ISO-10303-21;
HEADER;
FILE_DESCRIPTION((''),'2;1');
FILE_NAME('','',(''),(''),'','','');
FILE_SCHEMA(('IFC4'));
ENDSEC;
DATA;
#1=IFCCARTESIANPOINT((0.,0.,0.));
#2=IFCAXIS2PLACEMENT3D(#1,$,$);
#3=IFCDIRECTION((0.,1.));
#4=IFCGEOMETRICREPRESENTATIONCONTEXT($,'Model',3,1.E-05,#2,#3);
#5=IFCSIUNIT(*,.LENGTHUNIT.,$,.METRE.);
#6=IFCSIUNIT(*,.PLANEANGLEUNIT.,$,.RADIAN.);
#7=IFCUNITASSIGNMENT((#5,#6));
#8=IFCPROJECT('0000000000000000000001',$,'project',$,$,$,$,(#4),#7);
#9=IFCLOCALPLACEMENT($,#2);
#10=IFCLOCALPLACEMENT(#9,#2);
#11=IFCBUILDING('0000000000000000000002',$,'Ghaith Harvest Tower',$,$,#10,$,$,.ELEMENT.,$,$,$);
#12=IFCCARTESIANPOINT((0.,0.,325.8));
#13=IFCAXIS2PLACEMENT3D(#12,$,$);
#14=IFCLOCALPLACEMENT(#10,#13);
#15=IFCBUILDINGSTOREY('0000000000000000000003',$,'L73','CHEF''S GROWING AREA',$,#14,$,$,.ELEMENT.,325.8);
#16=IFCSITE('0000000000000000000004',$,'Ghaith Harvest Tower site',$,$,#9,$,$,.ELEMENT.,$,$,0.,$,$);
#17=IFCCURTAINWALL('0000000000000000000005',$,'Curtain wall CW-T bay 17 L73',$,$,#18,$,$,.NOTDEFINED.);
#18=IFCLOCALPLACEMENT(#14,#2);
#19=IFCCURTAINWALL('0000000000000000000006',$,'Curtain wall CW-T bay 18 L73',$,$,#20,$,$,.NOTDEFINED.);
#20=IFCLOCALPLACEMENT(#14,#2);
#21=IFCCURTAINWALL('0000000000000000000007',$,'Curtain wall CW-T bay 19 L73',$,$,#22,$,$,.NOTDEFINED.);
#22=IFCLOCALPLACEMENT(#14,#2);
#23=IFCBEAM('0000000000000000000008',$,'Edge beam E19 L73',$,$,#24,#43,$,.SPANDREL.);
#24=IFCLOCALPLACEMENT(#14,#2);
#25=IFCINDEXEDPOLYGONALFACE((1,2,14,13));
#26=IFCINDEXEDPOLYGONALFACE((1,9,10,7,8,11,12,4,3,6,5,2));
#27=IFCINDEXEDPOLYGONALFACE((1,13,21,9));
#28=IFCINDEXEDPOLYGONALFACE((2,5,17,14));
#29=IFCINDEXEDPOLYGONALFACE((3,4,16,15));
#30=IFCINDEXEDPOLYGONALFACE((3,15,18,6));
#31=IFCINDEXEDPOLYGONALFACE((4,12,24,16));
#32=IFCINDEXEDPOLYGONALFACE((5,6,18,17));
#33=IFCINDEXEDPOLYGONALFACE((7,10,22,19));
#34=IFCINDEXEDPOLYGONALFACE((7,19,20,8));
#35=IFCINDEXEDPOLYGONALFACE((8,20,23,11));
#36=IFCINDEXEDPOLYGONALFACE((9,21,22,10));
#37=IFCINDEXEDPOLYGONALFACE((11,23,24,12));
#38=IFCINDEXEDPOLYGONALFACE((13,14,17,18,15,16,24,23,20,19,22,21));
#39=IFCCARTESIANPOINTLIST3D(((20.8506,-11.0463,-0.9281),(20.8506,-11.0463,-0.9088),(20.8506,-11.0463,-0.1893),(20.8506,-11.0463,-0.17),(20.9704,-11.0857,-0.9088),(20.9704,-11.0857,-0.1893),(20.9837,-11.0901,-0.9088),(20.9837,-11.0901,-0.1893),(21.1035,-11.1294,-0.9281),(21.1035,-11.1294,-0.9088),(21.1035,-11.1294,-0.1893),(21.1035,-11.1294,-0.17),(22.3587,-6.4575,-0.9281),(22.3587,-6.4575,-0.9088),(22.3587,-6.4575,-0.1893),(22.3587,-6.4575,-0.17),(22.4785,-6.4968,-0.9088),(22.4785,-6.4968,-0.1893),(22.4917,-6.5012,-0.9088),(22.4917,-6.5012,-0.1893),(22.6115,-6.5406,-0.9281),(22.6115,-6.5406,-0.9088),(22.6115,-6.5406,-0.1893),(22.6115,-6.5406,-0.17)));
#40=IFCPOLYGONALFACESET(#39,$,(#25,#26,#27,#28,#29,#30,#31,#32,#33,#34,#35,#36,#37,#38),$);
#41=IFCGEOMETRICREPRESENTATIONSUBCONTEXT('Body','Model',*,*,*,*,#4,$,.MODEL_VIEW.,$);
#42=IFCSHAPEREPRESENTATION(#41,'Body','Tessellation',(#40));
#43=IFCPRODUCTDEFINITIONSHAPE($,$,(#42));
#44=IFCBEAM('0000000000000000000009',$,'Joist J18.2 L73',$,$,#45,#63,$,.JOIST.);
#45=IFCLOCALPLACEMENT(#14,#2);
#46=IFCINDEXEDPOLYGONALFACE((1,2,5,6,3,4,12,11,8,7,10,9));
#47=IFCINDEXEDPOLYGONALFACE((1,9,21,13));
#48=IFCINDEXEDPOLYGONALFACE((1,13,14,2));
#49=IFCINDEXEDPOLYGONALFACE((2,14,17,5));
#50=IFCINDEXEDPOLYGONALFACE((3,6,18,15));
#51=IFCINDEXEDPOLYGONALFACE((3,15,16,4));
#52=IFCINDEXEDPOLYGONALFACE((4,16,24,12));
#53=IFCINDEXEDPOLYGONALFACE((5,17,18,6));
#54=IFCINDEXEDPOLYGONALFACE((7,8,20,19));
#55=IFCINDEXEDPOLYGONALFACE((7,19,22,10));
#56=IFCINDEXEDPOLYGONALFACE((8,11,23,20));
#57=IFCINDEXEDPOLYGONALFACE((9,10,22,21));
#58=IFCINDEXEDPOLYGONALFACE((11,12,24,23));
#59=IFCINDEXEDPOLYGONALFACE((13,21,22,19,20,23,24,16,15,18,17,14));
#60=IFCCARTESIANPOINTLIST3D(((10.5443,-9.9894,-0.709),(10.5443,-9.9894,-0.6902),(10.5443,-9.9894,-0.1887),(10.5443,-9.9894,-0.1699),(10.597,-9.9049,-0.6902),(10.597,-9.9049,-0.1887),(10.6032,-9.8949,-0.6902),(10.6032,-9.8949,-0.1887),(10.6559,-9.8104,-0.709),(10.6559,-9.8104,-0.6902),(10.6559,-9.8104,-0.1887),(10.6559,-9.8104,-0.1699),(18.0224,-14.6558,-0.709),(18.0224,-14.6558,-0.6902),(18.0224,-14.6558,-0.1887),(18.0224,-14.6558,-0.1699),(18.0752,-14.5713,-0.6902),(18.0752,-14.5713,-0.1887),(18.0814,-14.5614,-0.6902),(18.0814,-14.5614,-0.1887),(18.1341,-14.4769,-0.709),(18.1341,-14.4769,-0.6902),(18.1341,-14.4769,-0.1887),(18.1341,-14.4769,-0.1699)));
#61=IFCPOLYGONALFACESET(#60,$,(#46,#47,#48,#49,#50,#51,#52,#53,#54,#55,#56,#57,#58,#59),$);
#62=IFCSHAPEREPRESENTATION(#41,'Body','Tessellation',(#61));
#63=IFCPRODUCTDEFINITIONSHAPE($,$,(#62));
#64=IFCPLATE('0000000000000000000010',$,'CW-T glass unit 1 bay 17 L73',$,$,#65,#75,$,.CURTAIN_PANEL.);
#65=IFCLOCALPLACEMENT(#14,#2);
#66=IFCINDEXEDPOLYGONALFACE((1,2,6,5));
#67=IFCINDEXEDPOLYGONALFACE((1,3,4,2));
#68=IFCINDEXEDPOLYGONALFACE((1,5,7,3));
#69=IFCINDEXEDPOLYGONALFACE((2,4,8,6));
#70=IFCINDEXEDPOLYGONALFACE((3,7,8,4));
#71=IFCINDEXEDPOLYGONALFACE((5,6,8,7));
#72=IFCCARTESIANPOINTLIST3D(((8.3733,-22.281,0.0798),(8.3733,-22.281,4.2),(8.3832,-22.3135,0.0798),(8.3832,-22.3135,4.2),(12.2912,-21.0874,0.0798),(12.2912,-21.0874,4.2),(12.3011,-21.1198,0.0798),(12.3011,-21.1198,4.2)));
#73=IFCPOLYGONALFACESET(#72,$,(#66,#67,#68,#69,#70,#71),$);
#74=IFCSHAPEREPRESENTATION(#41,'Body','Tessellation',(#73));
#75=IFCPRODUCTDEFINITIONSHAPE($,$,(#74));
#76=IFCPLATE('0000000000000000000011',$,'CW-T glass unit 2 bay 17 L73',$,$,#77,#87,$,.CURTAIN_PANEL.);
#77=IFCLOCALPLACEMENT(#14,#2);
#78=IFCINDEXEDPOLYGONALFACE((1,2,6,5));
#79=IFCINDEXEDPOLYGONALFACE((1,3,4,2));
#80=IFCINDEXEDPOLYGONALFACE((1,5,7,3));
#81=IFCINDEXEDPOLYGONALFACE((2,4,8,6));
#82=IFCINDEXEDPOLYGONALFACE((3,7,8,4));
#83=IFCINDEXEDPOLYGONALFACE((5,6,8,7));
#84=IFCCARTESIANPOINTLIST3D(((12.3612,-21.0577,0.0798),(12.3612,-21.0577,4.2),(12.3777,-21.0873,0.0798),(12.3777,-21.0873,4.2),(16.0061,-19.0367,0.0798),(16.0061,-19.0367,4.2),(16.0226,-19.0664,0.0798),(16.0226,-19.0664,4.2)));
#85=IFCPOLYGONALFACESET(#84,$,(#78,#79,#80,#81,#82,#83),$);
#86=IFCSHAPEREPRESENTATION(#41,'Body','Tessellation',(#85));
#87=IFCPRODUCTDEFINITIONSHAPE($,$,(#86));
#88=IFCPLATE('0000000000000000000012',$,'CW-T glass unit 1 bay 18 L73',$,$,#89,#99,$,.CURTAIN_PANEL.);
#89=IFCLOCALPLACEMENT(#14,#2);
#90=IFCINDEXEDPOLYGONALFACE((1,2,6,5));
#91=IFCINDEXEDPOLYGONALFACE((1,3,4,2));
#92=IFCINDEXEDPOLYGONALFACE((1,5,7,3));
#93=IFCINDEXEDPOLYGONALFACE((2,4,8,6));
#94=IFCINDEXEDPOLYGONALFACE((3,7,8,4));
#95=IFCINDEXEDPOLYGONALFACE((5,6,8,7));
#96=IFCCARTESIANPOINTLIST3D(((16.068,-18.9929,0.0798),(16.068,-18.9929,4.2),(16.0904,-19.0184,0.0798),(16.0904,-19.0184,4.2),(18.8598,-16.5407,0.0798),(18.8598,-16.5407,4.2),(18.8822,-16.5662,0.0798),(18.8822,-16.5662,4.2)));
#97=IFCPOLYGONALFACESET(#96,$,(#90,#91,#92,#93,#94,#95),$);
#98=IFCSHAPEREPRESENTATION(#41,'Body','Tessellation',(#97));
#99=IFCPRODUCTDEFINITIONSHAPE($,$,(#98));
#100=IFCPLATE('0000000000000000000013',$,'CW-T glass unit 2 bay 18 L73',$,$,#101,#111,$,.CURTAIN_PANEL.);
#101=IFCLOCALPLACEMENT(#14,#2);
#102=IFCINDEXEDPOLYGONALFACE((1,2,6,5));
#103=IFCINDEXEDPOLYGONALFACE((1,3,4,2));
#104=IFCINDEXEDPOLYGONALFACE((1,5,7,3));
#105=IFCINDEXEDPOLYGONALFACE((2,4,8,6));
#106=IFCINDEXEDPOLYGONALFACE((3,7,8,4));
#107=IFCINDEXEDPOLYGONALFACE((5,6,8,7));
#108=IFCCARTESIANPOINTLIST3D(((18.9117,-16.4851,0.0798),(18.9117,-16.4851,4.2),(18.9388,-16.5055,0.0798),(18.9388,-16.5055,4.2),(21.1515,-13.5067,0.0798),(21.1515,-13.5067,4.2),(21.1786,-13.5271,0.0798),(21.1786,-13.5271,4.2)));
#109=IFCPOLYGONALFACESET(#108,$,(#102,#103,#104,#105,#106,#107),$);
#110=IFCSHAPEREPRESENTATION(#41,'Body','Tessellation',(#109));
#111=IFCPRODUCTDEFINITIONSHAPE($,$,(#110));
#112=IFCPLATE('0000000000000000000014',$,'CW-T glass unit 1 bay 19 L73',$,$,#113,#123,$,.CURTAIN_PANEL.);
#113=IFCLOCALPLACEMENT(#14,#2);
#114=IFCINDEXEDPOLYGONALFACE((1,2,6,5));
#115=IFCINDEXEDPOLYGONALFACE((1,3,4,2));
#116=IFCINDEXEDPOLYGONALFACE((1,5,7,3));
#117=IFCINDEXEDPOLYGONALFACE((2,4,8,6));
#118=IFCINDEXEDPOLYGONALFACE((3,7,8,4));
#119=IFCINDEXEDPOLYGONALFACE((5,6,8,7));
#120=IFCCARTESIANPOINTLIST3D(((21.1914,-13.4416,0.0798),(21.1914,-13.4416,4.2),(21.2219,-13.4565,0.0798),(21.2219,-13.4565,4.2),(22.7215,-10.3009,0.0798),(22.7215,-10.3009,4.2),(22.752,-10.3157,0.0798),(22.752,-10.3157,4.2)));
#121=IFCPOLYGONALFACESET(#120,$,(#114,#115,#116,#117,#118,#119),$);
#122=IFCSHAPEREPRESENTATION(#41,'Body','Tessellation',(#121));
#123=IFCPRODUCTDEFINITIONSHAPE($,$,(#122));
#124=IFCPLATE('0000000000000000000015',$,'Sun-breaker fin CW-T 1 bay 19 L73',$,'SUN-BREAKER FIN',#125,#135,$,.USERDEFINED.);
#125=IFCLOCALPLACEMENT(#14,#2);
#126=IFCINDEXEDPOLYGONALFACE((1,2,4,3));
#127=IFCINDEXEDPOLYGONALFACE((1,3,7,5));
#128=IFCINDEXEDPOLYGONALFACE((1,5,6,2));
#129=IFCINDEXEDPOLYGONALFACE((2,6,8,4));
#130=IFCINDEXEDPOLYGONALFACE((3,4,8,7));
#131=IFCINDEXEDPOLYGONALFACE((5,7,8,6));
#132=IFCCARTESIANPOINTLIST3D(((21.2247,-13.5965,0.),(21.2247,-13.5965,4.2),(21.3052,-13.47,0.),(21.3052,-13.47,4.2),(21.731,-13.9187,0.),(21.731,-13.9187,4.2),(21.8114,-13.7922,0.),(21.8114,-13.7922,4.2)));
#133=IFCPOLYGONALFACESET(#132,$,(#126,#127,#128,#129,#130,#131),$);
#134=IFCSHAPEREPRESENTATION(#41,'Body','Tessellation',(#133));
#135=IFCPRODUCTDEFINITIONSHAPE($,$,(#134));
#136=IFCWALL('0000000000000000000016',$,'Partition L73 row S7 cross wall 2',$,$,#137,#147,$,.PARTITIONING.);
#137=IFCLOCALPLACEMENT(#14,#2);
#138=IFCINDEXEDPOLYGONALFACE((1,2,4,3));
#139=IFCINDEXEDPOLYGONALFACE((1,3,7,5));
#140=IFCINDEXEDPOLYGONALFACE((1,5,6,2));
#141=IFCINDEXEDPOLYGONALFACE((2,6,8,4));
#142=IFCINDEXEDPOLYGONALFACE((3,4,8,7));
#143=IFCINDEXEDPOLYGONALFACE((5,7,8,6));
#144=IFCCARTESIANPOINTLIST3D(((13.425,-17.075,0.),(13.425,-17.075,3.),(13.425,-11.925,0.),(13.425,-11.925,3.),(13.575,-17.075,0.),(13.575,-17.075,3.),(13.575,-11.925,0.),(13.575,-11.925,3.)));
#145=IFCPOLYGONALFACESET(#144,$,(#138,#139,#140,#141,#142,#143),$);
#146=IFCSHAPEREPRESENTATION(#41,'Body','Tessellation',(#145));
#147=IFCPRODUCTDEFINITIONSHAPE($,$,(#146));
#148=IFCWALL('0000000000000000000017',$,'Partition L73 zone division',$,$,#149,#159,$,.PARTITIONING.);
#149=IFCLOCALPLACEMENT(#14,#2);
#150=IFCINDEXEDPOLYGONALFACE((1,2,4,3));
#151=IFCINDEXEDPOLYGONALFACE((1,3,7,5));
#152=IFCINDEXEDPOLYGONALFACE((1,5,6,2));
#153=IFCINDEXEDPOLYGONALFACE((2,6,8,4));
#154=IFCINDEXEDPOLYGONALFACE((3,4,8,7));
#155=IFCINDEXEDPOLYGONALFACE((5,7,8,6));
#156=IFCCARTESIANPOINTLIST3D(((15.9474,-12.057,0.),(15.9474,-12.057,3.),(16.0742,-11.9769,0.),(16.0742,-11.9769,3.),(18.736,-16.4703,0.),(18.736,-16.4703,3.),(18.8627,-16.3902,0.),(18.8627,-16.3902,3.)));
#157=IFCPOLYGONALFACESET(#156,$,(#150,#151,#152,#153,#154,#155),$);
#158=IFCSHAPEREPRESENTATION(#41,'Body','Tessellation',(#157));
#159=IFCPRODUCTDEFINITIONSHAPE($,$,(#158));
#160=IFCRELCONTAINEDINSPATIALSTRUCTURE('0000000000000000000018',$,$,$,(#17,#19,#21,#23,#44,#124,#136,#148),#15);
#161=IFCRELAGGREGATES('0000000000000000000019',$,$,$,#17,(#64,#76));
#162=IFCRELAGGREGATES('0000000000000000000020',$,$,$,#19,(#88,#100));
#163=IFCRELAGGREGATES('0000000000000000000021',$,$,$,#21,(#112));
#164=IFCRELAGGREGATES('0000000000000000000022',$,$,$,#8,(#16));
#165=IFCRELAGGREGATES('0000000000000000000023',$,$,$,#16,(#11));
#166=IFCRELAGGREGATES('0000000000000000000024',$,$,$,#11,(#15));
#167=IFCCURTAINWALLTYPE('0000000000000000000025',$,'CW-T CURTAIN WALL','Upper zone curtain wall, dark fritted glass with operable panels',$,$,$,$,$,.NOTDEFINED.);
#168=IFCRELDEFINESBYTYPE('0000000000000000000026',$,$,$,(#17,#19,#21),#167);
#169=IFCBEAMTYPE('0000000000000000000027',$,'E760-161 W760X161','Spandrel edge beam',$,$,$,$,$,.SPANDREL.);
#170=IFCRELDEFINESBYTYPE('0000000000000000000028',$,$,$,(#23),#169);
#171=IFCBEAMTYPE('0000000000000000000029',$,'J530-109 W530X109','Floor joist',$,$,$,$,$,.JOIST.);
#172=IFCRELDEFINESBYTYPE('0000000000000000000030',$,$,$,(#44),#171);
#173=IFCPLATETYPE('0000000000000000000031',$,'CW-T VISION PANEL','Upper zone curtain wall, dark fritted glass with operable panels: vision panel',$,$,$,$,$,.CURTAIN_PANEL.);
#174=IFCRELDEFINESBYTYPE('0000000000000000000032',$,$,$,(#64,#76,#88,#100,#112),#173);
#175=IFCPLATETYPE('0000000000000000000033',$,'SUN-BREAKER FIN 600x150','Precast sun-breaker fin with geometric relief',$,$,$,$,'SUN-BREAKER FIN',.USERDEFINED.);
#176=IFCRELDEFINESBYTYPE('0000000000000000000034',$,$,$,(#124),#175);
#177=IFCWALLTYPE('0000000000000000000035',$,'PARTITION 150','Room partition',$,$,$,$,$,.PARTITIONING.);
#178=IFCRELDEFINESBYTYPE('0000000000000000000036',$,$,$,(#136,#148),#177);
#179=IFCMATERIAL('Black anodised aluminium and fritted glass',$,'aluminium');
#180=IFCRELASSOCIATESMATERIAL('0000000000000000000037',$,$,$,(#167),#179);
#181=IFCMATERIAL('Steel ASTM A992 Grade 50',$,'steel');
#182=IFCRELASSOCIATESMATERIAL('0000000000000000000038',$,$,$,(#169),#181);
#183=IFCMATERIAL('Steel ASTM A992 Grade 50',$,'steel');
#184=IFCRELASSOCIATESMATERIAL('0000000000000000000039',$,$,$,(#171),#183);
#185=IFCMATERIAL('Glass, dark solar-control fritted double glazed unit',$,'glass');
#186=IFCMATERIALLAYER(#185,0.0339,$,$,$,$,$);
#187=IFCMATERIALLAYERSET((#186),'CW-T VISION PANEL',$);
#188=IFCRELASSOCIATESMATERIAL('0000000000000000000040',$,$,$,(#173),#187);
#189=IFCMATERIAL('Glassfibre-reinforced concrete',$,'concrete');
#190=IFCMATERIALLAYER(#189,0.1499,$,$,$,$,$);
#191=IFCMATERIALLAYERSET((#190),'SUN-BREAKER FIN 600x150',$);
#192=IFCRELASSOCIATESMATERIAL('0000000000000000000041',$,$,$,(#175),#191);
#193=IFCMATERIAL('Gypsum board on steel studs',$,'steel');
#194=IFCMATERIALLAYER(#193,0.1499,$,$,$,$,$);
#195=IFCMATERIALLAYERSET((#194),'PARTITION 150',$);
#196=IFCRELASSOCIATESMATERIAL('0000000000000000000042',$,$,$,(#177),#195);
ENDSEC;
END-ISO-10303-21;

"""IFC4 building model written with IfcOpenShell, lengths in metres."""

from ifc_helpers import new_model, si_unit, direction, frame, frame_2d, origin, origin_2d, place, context, subcontext, project, spatial, rectangle, i_section, extrude, material, layer, layer_set, material_profile, profile_set, type_object, element, aggregate, save


model = new_model("IFC4")

# Units and contexts
model_context = context("Model", 3, precision=1e-05, world=origin(), true_north=direction((0.0, 1.0)))
body_context = subcontext(model_context, "Body", "Model", "MODEL_VIEW")
ifc_project = project(units=[si_unit("LENGTHUNIT", "METRE"), si_unit("PLANEANGLEUNIT", "RADIAN")], contexts=[model_context])

# Site, building, storey
site_placement = place(None, origin())
site = spatial("IfcSite", under=ifc_project, at=site_placement, Name="Ghaith Harvest Tower site", CompositionType="ELEMENT", RefElevation=0.0)
building_placement = place(site_placement, origin())
building = spatial("IfcBuilding", under=site, at=building_placement, Name="Ghaith Harvest Tower", CompositionType="ELEMENT")
storey_placement = place(building_placement, frame((0.0, 0.0, 325.8)))
storey = spatial("IfcBuildingStorey", under=building, at=storey_placement, Name="L73", Description="CHEF'S GROWING AREA", CompositionType="ELEMENT", Elevation=325.8)

# Curtain wall
ifc_material_1 = material(Name="Black anodised aluminium and fritted glass", Category="aluminium")
curtain_wall_type = type_object("IfcCurtainWallType", Name="CW-T CURTAIN WALL", Description="Upper zone curtain wall, dark fritted glass with operable panels", PredefinedType="NOTDEFINED", material=ifc_material_1)
curtain_wall_1_placement = place(storey_placement, origin())
curtain_wall_1 = element("IfcCurtainWall", 1, at=curtain_wall_1_placement, inside=storey, type_object=curtain_wall_type, Name="Curtain wall CW-T bay 17 L73", PredefinedType="NOTDEFINED")

# Curtain walls
curtain_wall_2_placement = place(storey_placement, origin())
curtain_wall_2 = element("IfcCurtainWall", 2, at=curtain_wall_2_placement, inside=storey, type_object=curtain_wall_type, Name="Curtain wall CW-T bay 18 L73", PredefinedType="NOTDEFINED")
curtain_wall_3_placement = place(storey_placement, origin())
curtain_wall_3 = element("IfcCurtainWall", 3, at=curtain_wall_3_placement, inside=storey, type_object=curtain_wall_type, Name="Curtain wall CW-T bay 19 L73", PredefinedType="NOTDEFINED")

# Beams
ifc_material_2 = material(Name="Steel ASTM A992 Grade 50", Category="steel")
ifc_material_profile_1 = material_profile(ifc_material_2, i_section(OverallWidth=0.2661, OverallDepth=0.7581, WebThickness=0.0139, FlangeThickness=0.0193, at=origin_2d()), Name="W760X161")
ifc_profile_set_1 = profile_set([ifc_material_profile_1], Name="Steel ASTM A992 Grade 50")
beam_type_1 = type_object("IfcBeamType", Name="E760-161 W760X161", Description="Spandrel edge beam", PredefinedType="SPANDREL", material=ifc_profile_set_1)
beam_1_placement = place(storey_placement, frame((20.9771, -11.0879, -0.5491), z_axis=(0.312207, 0.950014, 0.0), x_axis=(-0.950014, 0.312207, 0.0)))
element("IfcBeam", 4, at=beam_1_placement, inside=storey, type_object=beam_type_1, Name="Edge beam E19 L73", PredefinedType="SPANDREL", context=body_context, shape_type="SweptSolid", body=[
    extrude(i_section(OverallWidth=0.2661, OverallDepth=0.7581, WebThickness=0.0139, FlangeThickness=0.0193, at=origin_2d()), origin(), (0.0, 0.0, 1.0), 4.8303),
])
ifc_material_3 = material(Name="Steel ASTM A992 Grade 50", Category="steel")
ifc_material_profile_2 = material_profile(ifc_material_3, i_section(OverallWidth=0.2109, OverallDepth=0.5391, WebThickness=0.0117, FlangeThickness=0.0188, at=origin_2d()), Name="W530X109")
ifc_profile_set_2 = profile_set([ifc_material_profile_2], Name="Steel ASTM A992 Grade 50")
beam_type_2 = type_object("IfcBeamType", Name="J530-109 W530X109", Description="Floor joist", PredefinedType="JOIST", material=ifc_profile_set_2)
beam_2_placement = place(storey_placement, frame((10.6001, -9.8999, -0.4395), z_axis=(0.848376, -0.529394, 0.0), x_axis=(0.529394, 0.848376, 0.0)))
element("IfcBeam", 5, at=beam_2_placement, inside=storey, type_object=beam_type_2, Name="Joist J18.2 L73", PredefinedType="JOIST", context=body_context, shape_type="SweptSolid", body=[
    extrude(i_section(OverallWidth=0.2109, OverallDepth=0.5391, WebThickness=0.0117, FlangeThickness=0.0188, at=origin_2d()), origin(), (0.0, 0.0, 1.0), 8.8147),
])

# Plates
ifc_material_4 = material(Name="Glass, dark solar-control fritted double glazed unit", Category="glass")
ifc_layer_1 = layer(ifc_material_4, 0.0339)
ifc_layer_set_1 = layer_set([ifc_layer_1], Name="CW-T VISION PANEL")
plate_type_1 = type_object("IfcPlateType", Name="CW-T VISION PANEL", Description="Upper zone curtain wall, dark fritted glass with operable panels: vision panel", PredefinedType="CURTAIN_PANEL", material=ifc_layer_set_1)
plate_1_placement = place(storey_placement, frame((10.3372, -21.7004, 0.0798), z_axis=(0.0, 0.0, 1.0), x_axis=(0.956588, 0.291445, 0.0)))
plate_1 = element("IfcPlate", 6, at=plate_1_placement, type_object=plate_type_1, Name="CW-T glass unit 1 bay 17 L73", PredefinedType="CURTAIN_PANEL", context=body_context, shape_type="SweptSolid", body=[
    extrude(rectangle(XDim=4.0957, YDim=0.0339, at=origin_2d()), origin(), (0.0, 0.0, 1.0), 4.1201),
])
plate_2_placement = place(storey_placement, frame((14.1919, -20.062, 0.0798), z_axis=(0.0, 0.0, 1.0), x_axis=(0.874564, 0.48491, 0.0)))
plate_2 = element("IfcPlate", 7, at=plate_2_placement, type_object=plate_type_1, Name="CW-T glass unit 2 bay 17 L73", PredefinedType="CURTAIN_PANEL", context=body_context, shape_type="SweptSolid", body=[
    extrude(rectangle(XDim=4.1677, YDim=0.0339, at=origin_2d()), origin(), (0.0, 0.0, 1.0), 4.1201),
])
aggregate(curtain_wall_1, [plate_1, plate_2])
plate_3_placement = place(storey_placement, frame((17.4751, -17.7795, 0.0798), z_axis=(0.0, 0.0, 1.0), x_axis=(0.751335, 0.659922, 0.0)))
plate_3 = element("IfcPlate", 8, at=plate_3_placement, type_object=plate_type_1, Name="CW-T glass unit 1 bay 18 L73", PredefinedType="CURTAIN_PANEL", context=body_context, shape_type="SweptSolid", body=[
    extrude(rectangle(XDim=3.7158, YDim=0.0339, at=origin_2d()), origin(), (0.0, 0.0, 1.0), 4.1201),
])
plate_4_placement = place(storey_placement, frame((20.0452, -15.0061, 0.0798), z_axis=(0.0, 0.0, 1.0), x_axis=(0.601048, 0.799213, 0.0)))
plate_4 = element("IfcPlate", 9, at=plate_4_placement, type_object=plate_type_1, Name="CW-T glass unit 2 bay 18 L73", PredefinedType="CURTAIN_PANEL", context=body_context, shape_type="SweptSolid", body=[
    extrude(rectangle(XDim=3.7266, YDim=0.0339, at=origin_2d()), origin(), (0.0, 0.0, 1.0), 4.1201),
])
aggregate(curtain_wall_2, [plate_3, plate_4])
plate_5_placement = place(storey_placement, frame((21.9717, -11.8787, 0.0798), z_axis=(0.0, 0.0, 1.0), x_axis=(0.437968, 0.89899, 0.0)))
plate_5 = element("IfcPlate", 10, at=plate_5_placement, type_object=plate_type_1, Name="CW-T glass unit 1 bay 19 L73", PredefinedType="CURTAIN_PANEL", context=body_context, shape_type="SweptSolid", body=[
    extrude(rectangle(XDim=3.4937, YDim=0.0339, at=origin_2d()), origin(), (0.0, 0.0, 1.0), 4.1201),
])
aggregate(curtain_wall_3, [plate_5])
ifc_material_5 = material(Name="Glassfibre-reinforced concrete", Category="concrete")
ifc_layer_2 = layer(ifc_material_5, 0.1499)
ifc_layer_set_2 = layer_set([ifc_layer_2], Name="SUN-BREAKER FIN 600x150")
plate_type_2 = type_object("IfcPlateType", Name="SUN-BREAKER FIN 600x150", Description="Precast sun-breaker fin with geometric relief", ElementType="SUN-BREAKER FIN", PredefinedType="USERDEFINED", material=ifc_layer_set_2)
plate_6_placement = place(storey_placement, frame((21.5181, -13.6943, 0.0), z_axis=(0.0, 0.0, 1.0), x_axis=(0.843644, -0.536903, 0.0)))
element("IfcPlate", 11, at=plate_6_placement, inside=storey, type_object=plate_type_2, Name="Sun-breaker fin CW-T 1 bay 19 L73", ObjectType="SUN-BREAKER FIN", PredefinedType="USERDEFINED", context=body_context, shape_type="SweptSolid", body=[
    extrude(rectangle(XDim=0.6001, YDim=0.1499, at=origin_2d()), origin(), (0.0, 0.0, 1.0), 4.2),
])

# Walls
ifc_material_6 = material(Name="Gypsum board on steel studs", Category="steel")
ifc_layer_3 = layer(ifc_material_6, 0.1499)
ifc_layer_set_3 = layer_set([ifc_layer_3], Name="PARTITION 150")
wall_type = type_object("IfcWallType", Name="PARTITION 150", Description="Room partition", PredefinedType="PARTITIONING", material=ifc_layer_set_3)
wall_1_placement = place(storey_placement, frame((13.5, -11.925, 0.0), z_axis=(0.0, 0.0, 1.0), x_axis=(0.0, -1.0, 0.0)))
element("IfcWall", 12, at=wall_1_placement, inside=storey, type_object=wall_type, Name="Partition L73 row S7 cross wall 2", PredefinedType="PARTITIONING", context=body_context, shape_type="SweptSolid", body=[
    extrude(rectangle(XDim=5.1499, YDim=0.1499, at=frame_2d((2.575, 0.0))), origin(), (0.0, 0.0, 1.0), 3.0),
])
wall_2_placement = place(storey_placement, frame((16.0107, -12.0168, 0.0), z_axis=(0.0, 0.0, 1.0), x_axis=(0.534158, -0.845384, 0.0)))
element("IfcWall", 13, at=wall_2_placement, inside=storey, type_object=wall_type, Name="Partition L73 zone division", PredefinedType="PARTITIONING", context=body_context, shape_type="SweptSolid", body=[
    extrude(rectangle(XDim=5.2205, YDim=0.1499, at=frame_2d((2.6104, 0.0))), origin(), (0.0, 0.0, 1.0), 3.0),
])

save(model, "model.ifc")
